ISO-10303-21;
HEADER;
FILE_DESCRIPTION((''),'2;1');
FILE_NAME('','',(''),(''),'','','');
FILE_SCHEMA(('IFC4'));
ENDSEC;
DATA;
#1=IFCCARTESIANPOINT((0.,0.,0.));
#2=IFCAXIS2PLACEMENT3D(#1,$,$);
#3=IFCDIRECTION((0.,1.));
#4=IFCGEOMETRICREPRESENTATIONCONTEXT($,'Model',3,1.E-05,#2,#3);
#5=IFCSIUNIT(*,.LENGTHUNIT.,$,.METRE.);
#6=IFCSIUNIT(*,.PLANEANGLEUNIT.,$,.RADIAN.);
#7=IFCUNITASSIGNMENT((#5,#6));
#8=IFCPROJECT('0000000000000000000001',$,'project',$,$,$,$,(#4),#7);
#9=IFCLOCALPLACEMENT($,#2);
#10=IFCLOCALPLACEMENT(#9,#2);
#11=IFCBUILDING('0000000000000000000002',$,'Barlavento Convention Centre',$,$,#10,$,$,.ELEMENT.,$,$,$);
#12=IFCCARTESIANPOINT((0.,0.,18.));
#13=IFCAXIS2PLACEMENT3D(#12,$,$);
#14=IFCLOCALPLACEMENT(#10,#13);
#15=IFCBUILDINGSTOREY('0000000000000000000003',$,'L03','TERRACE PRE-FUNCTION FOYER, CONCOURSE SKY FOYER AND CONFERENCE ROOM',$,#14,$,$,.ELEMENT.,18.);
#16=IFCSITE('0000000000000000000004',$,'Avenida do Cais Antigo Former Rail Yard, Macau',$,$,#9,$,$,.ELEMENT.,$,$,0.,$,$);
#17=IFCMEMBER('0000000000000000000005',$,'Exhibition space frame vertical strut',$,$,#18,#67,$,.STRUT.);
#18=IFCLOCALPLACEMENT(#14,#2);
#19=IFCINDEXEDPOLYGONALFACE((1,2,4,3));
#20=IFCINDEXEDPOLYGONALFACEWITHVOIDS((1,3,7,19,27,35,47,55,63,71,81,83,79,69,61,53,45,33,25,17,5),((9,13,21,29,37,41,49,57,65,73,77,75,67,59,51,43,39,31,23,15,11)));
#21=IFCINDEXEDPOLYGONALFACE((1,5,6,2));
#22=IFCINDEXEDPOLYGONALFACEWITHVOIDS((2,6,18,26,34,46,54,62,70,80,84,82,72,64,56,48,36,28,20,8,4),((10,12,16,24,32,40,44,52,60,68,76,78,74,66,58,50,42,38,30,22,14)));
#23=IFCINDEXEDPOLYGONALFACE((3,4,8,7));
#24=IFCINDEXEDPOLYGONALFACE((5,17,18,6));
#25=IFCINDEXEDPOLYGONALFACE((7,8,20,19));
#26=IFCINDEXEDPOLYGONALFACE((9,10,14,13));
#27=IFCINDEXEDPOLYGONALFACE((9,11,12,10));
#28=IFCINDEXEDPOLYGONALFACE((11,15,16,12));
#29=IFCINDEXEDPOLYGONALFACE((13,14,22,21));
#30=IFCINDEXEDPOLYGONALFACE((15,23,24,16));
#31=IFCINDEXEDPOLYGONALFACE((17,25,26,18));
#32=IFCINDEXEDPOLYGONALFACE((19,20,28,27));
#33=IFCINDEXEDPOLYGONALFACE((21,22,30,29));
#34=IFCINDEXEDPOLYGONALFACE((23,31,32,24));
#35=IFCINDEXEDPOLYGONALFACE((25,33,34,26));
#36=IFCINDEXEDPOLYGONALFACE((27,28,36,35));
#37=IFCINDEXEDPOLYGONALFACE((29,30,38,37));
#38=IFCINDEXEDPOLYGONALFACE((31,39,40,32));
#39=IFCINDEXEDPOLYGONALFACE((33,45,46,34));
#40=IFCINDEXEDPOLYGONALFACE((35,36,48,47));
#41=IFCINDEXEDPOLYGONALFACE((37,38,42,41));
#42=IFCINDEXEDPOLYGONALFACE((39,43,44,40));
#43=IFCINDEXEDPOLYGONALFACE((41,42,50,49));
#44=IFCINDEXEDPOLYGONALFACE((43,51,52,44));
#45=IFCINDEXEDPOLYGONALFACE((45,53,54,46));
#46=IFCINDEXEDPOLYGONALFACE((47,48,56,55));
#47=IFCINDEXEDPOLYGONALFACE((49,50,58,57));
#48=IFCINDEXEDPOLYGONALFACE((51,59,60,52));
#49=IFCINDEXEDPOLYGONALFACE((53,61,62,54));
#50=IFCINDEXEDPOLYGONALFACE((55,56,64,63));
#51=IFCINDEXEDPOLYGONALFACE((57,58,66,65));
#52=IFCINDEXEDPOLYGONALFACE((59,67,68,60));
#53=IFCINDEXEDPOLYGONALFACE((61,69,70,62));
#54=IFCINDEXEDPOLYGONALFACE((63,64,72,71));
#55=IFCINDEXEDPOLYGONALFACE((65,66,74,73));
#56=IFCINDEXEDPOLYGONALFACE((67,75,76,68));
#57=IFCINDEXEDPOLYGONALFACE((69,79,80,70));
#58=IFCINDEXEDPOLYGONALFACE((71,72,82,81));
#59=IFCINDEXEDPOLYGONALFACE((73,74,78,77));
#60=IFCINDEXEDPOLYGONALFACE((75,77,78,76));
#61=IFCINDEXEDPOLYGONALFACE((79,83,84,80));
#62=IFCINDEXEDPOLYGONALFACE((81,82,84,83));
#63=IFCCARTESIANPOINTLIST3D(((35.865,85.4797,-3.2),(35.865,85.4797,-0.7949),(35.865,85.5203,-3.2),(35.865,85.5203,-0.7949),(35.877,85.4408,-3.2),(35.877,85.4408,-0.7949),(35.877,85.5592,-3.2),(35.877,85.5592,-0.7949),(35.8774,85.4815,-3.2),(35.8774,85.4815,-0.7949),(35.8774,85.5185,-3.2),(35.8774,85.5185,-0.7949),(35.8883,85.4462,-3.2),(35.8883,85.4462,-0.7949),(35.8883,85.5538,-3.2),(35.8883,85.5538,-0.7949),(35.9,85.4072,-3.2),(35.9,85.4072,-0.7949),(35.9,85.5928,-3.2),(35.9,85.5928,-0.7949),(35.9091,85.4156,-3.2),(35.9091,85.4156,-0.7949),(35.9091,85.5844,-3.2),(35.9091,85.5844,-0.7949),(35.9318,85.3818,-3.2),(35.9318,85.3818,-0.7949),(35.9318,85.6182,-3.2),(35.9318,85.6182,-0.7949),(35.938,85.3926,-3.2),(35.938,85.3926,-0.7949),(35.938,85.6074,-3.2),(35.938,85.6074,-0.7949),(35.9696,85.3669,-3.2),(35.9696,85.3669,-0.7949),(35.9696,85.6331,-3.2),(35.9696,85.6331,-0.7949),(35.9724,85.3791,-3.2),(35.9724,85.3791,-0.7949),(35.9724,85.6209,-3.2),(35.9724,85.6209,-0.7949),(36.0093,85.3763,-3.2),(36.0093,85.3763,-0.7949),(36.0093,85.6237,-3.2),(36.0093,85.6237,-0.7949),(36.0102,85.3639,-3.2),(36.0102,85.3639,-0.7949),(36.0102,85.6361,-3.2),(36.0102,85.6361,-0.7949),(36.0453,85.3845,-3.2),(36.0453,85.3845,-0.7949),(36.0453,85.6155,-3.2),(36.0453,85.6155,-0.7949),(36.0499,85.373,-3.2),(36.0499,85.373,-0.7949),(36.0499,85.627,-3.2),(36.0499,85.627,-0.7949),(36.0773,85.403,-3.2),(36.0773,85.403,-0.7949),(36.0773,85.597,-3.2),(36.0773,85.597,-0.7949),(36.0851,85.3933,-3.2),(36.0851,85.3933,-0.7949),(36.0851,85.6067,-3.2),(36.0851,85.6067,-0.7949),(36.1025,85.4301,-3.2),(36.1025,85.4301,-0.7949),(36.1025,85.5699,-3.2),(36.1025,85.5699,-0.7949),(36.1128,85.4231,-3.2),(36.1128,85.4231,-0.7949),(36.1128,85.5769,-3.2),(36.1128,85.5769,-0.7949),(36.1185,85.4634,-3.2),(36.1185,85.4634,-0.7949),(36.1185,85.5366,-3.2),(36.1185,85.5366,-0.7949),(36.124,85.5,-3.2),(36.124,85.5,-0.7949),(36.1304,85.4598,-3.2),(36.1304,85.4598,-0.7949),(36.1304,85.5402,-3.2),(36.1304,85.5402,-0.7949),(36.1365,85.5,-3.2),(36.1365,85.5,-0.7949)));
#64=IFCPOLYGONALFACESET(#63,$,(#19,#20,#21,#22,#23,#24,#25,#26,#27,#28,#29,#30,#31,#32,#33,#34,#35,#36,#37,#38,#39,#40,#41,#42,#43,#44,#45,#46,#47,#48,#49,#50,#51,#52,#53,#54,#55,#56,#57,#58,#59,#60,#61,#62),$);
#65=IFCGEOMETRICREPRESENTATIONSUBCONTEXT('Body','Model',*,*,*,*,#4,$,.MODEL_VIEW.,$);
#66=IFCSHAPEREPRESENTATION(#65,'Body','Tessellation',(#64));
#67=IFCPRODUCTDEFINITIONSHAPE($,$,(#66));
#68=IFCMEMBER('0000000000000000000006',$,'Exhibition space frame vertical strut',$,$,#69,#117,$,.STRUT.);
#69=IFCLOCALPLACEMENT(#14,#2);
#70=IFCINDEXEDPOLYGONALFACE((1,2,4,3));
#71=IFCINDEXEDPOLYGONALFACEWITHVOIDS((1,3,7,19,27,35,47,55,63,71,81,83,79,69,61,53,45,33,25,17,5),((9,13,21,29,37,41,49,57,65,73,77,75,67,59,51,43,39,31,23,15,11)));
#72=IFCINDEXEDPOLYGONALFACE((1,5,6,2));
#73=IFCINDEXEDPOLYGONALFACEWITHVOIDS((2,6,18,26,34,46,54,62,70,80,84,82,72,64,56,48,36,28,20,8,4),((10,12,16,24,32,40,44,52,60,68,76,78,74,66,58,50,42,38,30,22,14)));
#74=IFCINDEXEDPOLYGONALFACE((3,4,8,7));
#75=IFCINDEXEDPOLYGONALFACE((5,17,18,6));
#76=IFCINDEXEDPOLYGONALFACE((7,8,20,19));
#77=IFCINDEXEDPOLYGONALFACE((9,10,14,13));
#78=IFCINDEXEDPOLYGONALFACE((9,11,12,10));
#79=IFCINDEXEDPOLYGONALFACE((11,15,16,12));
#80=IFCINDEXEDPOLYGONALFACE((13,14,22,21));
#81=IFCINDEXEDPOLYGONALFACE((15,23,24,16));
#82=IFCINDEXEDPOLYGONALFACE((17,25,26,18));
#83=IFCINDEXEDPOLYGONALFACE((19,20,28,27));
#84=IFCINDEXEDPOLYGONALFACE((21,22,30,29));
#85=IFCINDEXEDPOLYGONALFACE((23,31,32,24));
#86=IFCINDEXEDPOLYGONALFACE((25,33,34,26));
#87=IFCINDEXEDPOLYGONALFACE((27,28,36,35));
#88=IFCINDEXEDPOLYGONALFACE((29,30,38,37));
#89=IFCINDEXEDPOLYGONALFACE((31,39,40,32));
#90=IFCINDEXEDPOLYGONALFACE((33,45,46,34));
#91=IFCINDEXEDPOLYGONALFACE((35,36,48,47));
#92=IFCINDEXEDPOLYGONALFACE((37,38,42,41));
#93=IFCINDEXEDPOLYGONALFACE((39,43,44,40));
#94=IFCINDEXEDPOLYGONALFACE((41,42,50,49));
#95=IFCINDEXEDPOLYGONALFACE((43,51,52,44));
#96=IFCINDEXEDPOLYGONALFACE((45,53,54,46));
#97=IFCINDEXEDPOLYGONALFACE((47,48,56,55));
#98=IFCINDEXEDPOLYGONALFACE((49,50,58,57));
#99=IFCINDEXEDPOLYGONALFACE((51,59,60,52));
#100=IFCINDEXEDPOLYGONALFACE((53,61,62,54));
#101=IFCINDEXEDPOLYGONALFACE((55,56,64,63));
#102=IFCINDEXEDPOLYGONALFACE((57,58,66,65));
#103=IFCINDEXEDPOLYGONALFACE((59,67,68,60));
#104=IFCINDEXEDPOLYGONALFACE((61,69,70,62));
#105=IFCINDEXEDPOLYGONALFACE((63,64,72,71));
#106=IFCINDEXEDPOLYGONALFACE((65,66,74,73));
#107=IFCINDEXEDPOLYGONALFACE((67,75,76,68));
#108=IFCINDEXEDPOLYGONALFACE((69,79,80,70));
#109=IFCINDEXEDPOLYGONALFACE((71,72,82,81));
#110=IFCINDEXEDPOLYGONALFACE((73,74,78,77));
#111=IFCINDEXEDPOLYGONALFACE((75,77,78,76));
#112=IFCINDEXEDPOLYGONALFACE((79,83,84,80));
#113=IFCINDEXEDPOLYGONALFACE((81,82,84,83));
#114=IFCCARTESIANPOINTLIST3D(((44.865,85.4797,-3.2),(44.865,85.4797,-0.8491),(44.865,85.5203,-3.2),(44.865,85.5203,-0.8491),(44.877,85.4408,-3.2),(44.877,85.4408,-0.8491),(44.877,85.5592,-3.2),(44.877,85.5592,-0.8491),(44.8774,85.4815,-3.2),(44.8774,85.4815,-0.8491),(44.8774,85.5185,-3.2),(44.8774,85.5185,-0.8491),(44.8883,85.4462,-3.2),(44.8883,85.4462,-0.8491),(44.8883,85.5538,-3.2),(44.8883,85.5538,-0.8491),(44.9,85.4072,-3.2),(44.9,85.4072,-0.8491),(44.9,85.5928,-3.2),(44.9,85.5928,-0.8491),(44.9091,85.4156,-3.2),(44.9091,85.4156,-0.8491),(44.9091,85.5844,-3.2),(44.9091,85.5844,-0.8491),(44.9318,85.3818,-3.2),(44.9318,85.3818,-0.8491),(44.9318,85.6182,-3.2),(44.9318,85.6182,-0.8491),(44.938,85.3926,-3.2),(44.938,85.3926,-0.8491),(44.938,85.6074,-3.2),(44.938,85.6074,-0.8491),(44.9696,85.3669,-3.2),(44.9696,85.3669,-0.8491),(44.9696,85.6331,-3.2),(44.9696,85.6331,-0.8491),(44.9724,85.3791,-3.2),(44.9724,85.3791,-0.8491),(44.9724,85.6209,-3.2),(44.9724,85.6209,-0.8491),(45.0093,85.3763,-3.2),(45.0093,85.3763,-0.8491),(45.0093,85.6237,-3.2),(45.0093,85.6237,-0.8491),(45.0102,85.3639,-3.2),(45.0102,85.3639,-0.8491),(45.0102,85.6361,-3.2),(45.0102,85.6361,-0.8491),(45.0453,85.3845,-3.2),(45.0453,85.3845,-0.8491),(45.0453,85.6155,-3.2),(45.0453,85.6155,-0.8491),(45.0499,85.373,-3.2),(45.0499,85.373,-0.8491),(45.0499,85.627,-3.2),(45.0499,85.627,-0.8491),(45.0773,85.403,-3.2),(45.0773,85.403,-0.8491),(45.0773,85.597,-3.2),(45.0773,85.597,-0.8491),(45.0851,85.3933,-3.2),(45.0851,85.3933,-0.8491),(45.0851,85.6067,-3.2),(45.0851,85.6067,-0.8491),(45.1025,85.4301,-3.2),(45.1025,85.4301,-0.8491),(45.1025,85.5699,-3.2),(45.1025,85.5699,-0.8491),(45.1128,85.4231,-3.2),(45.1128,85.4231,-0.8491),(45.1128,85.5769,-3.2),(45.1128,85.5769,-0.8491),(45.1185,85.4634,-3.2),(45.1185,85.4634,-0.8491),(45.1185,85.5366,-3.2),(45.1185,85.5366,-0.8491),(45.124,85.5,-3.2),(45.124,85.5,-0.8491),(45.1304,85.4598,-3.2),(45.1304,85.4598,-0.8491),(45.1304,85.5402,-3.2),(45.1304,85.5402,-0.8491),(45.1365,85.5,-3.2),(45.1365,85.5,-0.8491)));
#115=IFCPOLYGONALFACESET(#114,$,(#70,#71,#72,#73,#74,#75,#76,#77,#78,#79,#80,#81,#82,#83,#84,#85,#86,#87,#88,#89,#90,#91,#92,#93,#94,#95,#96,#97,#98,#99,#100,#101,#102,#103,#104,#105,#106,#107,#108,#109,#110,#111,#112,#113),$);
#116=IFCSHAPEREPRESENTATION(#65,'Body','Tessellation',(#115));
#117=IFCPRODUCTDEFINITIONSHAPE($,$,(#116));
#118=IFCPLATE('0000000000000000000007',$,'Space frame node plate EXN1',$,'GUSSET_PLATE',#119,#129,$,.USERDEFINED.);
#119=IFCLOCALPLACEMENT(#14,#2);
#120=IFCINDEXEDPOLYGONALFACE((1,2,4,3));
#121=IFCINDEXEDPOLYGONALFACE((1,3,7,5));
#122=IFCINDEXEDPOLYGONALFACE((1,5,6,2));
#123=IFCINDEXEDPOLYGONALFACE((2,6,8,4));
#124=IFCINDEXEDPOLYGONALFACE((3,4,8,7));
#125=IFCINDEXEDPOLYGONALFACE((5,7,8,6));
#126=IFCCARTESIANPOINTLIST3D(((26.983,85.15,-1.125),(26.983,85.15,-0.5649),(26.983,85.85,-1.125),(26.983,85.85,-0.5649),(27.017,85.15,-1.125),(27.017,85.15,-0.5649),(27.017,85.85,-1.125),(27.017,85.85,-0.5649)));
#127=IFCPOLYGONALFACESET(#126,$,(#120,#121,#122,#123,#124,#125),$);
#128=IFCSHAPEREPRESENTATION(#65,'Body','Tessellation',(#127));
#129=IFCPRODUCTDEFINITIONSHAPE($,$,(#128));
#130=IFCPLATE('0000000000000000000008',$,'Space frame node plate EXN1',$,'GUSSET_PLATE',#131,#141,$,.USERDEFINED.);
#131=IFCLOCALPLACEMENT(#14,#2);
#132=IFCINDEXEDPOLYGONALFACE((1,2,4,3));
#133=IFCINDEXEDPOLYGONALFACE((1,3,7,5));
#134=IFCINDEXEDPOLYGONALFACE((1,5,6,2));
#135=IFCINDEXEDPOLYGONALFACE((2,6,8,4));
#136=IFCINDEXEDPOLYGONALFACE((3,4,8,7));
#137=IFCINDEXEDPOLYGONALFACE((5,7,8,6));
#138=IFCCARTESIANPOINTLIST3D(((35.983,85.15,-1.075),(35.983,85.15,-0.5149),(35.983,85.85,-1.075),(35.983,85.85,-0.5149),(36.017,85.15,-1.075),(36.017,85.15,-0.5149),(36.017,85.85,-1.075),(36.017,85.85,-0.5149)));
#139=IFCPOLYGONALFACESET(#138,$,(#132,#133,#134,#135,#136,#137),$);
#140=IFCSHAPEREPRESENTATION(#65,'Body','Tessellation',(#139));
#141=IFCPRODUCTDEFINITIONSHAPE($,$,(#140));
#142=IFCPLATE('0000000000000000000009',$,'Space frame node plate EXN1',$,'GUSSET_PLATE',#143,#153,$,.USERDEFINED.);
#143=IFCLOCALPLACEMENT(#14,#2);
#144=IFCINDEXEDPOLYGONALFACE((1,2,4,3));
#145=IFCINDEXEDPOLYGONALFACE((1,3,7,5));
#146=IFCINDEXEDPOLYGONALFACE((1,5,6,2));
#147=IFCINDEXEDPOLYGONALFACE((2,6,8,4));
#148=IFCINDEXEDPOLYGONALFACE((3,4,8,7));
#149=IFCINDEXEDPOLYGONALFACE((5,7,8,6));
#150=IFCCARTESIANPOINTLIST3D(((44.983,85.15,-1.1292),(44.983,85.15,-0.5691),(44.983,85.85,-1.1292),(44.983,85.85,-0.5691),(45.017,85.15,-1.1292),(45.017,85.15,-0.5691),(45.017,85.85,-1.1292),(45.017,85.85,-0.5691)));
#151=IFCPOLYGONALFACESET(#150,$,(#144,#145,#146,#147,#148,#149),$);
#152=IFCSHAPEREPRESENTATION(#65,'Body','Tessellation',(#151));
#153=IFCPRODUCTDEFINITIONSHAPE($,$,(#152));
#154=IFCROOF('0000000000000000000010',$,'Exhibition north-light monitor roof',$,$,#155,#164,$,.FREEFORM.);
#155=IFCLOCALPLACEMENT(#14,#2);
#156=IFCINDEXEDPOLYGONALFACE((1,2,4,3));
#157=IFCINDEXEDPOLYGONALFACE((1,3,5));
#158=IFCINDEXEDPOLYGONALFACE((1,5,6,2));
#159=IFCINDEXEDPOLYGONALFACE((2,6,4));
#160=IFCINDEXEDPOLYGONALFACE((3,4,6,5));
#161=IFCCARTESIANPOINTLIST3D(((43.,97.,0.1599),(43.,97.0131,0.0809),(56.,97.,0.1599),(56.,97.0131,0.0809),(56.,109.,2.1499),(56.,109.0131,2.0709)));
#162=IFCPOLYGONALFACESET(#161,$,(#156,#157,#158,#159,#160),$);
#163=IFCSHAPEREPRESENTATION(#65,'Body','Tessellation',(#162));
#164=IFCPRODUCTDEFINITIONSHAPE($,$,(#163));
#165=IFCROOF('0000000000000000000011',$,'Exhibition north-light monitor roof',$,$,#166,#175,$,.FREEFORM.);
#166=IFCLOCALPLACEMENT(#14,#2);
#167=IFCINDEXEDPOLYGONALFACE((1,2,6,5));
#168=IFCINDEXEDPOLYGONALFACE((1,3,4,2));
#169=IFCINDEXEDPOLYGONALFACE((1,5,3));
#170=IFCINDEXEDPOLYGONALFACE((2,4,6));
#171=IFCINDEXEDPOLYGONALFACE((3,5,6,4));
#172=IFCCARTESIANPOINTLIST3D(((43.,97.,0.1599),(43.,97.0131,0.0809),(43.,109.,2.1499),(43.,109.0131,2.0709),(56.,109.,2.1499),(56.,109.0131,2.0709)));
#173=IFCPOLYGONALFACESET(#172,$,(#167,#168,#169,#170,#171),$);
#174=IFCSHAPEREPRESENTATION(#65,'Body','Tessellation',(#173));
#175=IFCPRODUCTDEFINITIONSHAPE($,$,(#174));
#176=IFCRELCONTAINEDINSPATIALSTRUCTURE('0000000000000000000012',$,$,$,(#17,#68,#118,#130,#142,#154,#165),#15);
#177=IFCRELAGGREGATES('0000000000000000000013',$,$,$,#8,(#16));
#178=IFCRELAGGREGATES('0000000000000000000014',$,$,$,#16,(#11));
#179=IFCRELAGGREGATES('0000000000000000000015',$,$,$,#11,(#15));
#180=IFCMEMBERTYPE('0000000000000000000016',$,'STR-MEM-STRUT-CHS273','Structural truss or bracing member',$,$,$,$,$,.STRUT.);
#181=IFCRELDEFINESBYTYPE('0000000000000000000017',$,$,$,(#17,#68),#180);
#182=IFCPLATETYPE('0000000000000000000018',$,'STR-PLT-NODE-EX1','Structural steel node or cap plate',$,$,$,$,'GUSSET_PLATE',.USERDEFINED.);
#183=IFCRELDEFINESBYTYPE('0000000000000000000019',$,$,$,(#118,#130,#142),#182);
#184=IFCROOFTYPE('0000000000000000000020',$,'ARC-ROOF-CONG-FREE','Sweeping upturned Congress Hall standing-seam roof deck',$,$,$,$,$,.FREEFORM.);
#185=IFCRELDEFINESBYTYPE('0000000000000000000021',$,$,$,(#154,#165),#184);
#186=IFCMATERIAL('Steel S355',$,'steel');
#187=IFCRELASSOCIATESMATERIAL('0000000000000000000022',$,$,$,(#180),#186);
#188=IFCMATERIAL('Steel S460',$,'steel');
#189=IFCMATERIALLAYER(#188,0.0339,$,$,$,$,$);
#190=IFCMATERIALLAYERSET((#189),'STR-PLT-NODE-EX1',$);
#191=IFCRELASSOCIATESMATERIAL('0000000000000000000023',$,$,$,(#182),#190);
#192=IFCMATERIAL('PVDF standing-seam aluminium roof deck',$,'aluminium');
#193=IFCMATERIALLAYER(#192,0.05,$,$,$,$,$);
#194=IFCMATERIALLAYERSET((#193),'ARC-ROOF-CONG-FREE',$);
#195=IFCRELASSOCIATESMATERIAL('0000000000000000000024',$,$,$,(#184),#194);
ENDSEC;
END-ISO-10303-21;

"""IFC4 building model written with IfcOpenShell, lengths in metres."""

from ifc_helpers import new_model, si_unit, direction, frame, origin, origin_2d, place, context, subcontext, project, spatial, polyline, rectangle, hollow_circle, outline, extrude, material, layer, layer_set, material_profile, profile_set, type_object, element, save


model = new_model("IFC4")

# Units and contexts
model_context = context("Model", 3, precision=1e-05, world=origin(), true_north=direction((0.0, 1.0)))
body_context = subcontext(model_context, "Body", "Model", "MODEL_VIEW")
ifc_project = project(units=[si_unit("LENGTHUNIT", "METRE"), si_unit("PLANEANGLEUNIT", "RADIAN")], contexts=[model_context])

# Site, building, storey
site_placement = place(None, origin())
site = spatial("IfcSite", under=ifc_project, at=site_placement, Name="Avenida do Cais Antigo Former Rail Yard, Macau", CompositionType="ELEMENT", RefElevation=0.0)
building_placement = place(site_placement, origin())
building = spatial("IfcBuilding", under=site, at=building_placement, Name="Barlavento Convention Centre", CompositionType="ELEMENT")
storey_placement = place(building_placement, frame((0.0, 0.0, 18.0)))
storey = spatial("IfcBuildingStorey", under=building, at=storey_placement, Name="L03", Description="TERRACE PRE-FUNCTION FOYER, CONCOURSE SKY FOYER AND CONFERENCE ROOM", CompositionType="ELEMENT", Elevation=18.0)

# Members
ifc_material_1 = material(Name="Steel S355", Category="steel")
ifc_material_profile_1 = material_profile(ifc_material_1, hollow_circle(Radius=0.1365, WallThickness=0.0125, at=origin_2d()), Name="CHS 273.0x12.5")
ifc_profile_set_1 = profile_set([ifc_material_profile_1], Name="Steel S355")
member_type_1 = type_object("IfcMemberType", Name="STR-MEM-STRUT-CHS273", Description="Structural truss or bracing member", PredefinedType="STRUT", material=ifc_profile_set_1)
member_1_placement = place(storey_placement, frame((36.0, 85.5, -3.2), z_axis=(0.0, 0.0, 1.0), x_axis=(1.0, 0.0, 0.0)))
element("IfcMember", 1, at=member_1_placement, inside=storey, type_object=member_type_1, Name="Exhibition space frame vertical strut", PredefinedType="STRUT", context=body_context, shape_type="SweptSolid", body=[
    extrude(hollow_circle(Radius=0.1365, WallThickness=0.0125, at=origin_2d()), origin(), (0.0, 0.0, 1.0), 2.405),
])
member_2_placement = place(storey_placement, frame((45.0, 85.5, -3.2), z_axis=(0.0, 0.0, 1.0), x_axis=(1.0, 0.0, 0.0)))
element("IfcMember", 2, at=member_2_placement, inside=storey, type_object=member_type_1, Name="Exhibition space frame vertical strut", PredefinedType="STRUT", context=body_context, shape_type="SweptSolid", body=[
    extrude(hollow_circle(Radius=0.1365, WallThickness=0.0125, at=origin_2d()), origin(), (0.0, 0.0, 1.0), 2.3508),
])

# Plates
ifc_material_2 = material(Name="Steel S460", Category="steel")
ifc_layer_1 = layer(ifc_material_2, 0.0339)
ifc_layer_set_1 = layer_set([ifc_layer_1], Name="STR-PLT-NODE-EX1")
plate_type = type_object("IfcPlateType", Name="STR-PLT-NODE-EX1", Description="Structural steel node or cap plate", ElementType="GUSSET_PLATE", PredefinedType="USERDEFINED", material=ifc_layer_set_1)
for number, where, z_axis, x_axis, name in (
    (3, (27.0, 85.5, -1.125), (0.0, 0.0, 1.0), (1.0, 0.0, 0.0), "Space frame node plate EXN1"),
    (4, (36.0, 85.5, -1.075), (0.0, 0.0, 1.0), (1.0, 0.0, 0.0), "Space frame node plate EXN1"),
    (5, (45.0, 85.5, -1.1292), (0.0, 0.0, 1.0), (1.0, 0.0, 0.0), "Space frame node plate EXN1"),
):
    element("IfcPlate", number, at=place(storey_placement, frame(where, z_axis=z_axis, x_axis=x_axis)), inside=storey, type_object=plate_type, Name=name, ObjectType="GUSSET_PLATE", PredefinedType="USERDEFINED", context=body_context, shape_type="SweptSolid", body=[
        extrude(rectangle(XDim=0.0339, YDim=0.7, at=origin_2d()), origin(), (0.0, 0.0, 1.0), 0.5601),
    ])

# Roofs
ifc_material_3 = material(Name="PVDF standing-seam aluminium roof deck", Category="aluminium")
ifc_layer_2 = layer(ifc_material_3, 0.05)
ifc_layer_set_2 = layer_set([ifc_layer_2], Name="ARC-ROOF-CONG-FREE")
roof_type = type_object("IfcRoofType", Name="ARC-ROOF-CONG-FREE", Description="Sweeping upturned Congress Hall standing-seam roof deck", PredefinedType="FREEFORM", material=ifc_layer_set_2)
roof_1_placement = place(storey_placement, frame((43.0, 97.0, 0.1599), z_axis=(0.0, -0.163598, 0.986527), x_axis=(1.0, 0.0, 0.0)))
element("IfcRoof", 6, at=roof_1_placement, inside=storey, type_object=roof_type, Name="Exhibition north-light monitor roof", PredefinedType="FREEFORM", context=body_context, shape_type="SweptSolid", body=[
    extrude(outline(polyline([(0.0, 0.0), (13.0, 0.0), (13.0, 12.1639), (0.0, 0.0)])), origin(), (0.0, 0.0, -1.0), 0.0801),
])
roof_2_placement = place(storey_placement, frame((43.0, 97.0, 0.1599), z_axis=(0.0, -0.163598, 0.986527), x_axis=(0.730199, 0.67403, 0.111776)))
element("IfcRoof", 7, at=roof_2_placement, inside=storey, type_object=roof_type, Name="Exhibition north-light monitor roof", PredefinedType="FREEFORM", context=body_context, shape_type="SweptSolid", body=[
    extrude(outline(polyline([(0.0, 0.0), (17.8034, 0.0), (8.3108, 8.8821), (0.0, 0.0)])), origin(), (0.0, 0.0, -1.0), 0.0801),
])

save(model, "model.ifc")
